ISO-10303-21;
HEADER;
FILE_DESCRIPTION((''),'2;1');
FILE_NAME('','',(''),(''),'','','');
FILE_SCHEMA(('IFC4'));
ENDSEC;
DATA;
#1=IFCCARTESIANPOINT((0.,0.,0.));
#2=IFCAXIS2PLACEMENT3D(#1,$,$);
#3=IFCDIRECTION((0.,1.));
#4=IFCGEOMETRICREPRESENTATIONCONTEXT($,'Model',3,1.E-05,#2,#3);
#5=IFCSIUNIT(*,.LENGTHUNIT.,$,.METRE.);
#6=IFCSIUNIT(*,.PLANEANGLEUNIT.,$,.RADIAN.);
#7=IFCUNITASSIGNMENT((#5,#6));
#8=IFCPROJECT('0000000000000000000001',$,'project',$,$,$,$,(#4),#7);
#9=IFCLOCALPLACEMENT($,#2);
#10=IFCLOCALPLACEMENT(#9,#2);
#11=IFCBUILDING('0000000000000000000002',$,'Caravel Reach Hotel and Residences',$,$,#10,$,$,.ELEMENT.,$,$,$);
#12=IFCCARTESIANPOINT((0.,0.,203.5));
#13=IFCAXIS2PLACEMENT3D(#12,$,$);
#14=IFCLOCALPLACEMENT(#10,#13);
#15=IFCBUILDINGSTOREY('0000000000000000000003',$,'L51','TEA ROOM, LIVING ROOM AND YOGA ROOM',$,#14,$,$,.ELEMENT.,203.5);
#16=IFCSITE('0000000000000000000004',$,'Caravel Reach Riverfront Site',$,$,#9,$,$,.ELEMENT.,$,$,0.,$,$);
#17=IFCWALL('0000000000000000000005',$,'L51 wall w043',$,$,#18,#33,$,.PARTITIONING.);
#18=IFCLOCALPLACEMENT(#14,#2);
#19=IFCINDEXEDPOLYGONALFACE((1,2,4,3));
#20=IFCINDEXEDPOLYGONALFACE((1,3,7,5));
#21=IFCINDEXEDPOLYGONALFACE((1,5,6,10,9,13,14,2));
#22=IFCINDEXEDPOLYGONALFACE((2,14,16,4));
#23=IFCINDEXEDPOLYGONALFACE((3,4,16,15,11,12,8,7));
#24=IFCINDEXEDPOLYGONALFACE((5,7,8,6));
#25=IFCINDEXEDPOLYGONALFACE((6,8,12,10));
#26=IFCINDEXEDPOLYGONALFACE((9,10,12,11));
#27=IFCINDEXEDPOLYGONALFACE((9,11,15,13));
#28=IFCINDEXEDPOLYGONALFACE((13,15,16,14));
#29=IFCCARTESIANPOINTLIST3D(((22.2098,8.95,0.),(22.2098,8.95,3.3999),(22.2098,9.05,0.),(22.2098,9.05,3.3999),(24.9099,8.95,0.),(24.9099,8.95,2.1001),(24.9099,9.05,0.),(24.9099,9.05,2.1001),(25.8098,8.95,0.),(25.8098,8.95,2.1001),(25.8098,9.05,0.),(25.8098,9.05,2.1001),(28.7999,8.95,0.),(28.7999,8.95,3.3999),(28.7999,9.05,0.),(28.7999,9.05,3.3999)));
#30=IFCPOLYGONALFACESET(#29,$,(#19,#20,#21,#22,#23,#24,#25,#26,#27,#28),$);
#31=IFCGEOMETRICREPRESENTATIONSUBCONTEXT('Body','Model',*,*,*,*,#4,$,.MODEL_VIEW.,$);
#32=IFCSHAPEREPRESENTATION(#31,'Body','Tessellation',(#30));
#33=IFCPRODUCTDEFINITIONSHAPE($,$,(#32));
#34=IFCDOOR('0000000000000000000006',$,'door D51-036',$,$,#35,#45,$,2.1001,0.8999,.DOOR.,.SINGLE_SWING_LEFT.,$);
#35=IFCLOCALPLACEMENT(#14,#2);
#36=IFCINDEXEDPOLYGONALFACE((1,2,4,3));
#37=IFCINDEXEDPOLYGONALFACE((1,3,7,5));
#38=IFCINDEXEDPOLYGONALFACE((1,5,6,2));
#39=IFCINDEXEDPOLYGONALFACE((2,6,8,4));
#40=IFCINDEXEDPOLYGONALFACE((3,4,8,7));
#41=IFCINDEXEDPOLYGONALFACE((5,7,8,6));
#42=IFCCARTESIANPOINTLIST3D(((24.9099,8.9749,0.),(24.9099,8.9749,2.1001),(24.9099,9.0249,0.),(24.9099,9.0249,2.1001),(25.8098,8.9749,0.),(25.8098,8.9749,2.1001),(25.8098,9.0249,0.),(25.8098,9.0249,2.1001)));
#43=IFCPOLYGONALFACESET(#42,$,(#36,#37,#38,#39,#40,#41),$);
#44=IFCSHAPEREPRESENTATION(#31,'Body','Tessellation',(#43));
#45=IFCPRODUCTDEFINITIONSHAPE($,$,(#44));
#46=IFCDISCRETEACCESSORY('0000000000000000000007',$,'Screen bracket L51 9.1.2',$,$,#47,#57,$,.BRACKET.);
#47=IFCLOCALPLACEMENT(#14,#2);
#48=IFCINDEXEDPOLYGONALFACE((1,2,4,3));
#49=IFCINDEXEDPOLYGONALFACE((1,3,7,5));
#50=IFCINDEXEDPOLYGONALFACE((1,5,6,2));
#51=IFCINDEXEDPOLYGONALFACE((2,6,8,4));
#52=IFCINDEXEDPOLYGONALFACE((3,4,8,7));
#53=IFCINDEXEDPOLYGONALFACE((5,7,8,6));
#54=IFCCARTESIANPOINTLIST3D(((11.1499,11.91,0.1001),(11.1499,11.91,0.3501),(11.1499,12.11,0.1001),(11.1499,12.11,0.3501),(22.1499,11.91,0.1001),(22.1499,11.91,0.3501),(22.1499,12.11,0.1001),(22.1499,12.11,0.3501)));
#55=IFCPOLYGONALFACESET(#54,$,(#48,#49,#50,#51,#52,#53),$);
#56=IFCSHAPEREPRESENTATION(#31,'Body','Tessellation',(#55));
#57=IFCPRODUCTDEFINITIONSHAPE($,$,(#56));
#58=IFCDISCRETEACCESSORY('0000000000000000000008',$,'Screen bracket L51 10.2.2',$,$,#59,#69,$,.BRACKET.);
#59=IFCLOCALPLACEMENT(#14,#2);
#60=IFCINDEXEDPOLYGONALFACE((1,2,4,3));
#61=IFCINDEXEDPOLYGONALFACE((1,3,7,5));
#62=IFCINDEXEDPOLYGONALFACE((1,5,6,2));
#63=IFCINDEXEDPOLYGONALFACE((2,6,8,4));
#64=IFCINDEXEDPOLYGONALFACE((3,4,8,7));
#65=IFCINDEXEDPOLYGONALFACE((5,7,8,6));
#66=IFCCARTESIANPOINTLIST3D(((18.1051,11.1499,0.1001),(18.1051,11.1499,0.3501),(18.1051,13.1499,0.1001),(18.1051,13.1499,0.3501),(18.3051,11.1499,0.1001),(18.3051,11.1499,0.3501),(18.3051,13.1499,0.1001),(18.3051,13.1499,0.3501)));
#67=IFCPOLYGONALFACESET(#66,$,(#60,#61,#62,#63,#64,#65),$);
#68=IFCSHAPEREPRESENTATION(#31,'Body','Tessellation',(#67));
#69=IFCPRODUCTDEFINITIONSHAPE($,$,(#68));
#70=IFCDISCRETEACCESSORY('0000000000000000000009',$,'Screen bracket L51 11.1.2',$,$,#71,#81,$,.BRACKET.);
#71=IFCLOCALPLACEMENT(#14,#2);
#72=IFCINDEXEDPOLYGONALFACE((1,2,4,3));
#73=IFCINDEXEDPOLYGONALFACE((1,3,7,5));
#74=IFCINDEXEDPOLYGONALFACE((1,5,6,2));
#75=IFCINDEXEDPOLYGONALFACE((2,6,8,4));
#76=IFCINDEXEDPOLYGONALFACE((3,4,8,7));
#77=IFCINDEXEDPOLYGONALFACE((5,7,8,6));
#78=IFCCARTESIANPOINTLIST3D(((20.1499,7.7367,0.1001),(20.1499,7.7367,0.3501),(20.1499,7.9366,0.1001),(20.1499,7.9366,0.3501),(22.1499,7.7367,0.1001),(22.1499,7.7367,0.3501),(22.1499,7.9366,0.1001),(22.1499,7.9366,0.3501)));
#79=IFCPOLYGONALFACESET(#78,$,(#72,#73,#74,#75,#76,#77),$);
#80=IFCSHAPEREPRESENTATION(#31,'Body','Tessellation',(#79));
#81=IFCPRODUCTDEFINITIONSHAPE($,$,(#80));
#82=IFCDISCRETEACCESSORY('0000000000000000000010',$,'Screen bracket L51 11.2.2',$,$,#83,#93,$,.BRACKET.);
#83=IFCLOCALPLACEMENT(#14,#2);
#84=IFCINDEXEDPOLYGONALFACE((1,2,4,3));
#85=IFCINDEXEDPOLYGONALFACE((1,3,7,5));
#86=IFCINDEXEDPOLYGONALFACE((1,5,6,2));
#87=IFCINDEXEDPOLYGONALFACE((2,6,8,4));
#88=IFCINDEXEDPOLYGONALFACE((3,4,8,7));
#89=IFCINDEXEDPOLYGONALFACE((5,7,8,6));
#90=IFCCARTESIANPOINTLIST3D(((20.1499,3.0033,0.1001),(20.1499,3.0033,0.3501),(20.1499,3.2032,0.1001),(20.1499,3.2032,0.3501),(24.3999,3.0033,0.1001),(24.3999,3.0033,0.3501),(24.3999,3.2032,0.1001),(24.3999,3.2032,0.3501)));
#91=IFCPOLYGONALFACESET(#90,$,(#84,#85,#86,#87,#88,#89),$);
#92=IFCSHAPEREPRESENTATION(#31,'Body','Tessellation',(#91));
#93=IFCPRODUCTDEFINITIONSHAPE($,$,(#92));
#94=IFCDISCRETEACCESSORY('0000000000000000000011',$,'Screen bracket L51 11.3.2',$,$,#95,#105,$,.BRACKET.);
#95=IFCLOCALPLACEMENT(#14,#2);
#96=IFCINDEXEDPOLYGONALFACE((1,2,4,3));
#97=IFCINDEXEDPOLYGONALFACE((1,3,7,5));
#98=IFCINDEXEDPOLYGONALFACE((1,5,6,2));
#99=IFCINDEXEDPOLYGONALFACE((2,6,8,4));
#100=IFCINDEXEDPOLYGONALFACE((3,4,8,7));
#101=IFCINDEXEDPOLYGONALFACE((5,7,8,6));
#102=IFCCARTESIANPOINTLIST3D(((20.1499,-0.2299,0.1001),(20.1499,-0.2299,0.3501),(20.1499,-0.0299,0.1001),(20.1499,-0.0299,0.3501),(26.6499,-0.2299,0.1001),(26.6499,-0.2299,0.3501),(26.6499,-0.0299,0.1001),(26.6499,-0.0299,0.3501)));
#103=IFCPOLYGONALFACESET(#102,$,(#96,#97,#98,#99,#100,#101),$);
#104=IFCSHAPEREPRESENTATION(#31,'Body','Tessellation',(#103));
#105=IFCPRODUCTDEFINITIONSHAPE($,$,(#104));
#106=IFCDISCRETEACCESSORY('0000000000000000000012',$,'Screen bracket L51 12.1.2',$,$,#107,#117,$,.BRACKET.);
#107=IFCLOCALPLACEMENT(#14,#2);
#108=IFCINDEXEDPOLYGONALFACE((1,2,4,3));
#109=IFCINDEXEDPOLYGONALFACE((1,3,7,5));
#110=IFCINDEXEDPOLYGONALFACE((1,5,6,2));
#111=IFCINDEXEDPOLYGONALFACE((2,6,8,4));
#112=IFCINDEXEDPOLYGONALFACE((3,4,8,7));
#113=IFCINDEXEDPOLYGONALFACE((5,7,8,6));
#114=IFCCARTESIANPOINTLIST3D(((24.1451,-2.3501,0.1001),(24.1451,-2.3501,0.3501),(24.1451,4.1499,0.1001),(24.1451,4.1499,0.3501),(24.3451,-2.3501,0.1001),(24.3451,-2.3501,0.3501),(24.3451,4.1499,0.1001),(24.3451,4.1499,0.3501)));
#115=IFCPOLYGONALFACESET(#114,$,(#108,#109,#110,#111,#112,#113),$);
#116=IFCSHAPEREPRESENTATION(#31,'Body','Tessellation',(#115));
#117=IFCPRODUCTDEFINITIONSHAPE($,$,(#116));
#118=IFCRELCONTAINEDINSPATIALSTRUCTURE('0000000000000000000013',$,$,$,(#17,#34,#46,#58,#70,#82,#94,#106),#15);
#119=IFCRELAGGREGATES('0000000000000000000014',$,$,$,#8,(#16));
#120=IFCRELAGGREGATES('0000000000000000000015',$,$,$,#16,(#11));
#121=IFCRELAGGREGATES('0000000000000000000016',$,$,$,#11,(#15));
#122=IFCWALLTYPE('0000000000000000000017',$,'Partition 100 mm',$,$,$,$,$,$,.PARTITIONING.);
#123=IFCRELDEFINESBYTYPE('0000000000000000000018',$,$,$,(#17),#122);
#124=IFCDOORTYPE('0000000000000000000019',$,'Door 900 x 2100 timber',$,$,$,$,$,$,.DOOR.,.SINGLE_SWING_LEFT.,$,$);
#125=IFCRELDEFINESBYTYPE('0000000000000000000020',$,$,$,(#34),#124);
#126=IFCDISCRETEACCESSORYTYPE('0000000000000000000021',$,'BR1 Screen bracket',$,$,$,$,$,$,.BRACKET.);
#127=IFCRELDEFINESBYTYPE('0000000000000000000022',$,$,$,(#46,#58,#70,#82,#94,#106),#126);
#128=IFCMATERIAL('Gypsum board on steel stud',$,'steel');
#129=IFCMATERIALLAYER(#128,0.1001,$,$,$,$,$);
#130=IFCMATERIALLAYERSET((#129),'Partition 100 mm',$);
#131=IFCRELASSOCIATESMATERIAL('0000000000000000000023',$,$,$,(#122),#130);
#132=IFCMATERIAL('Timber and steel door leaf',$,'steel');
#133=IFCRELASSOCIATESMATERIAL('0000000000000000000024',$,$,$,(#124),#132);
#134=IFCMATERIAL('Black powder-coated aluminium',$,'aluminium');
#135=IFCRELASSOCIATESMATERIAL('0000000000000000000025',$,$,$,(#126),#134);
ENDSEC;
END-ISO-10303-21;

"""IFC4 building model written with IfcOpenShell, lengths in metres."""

from ifc_helpers import new_model, si_unit, direction, frame, frame_2d, origin, origin_2d, place, context, subcontext, project, spatial, rectangle, extrude, material, layer, layer_set, type_object, element, fill, save


model = new_model("IFC4")

# Units and contexts
model_context = context("Model", 3, precision=1e-05, world=origin(), true_north=direction((0.0, 1.0)))
body_context = subcontext(model_context, "Body", "Model", "MODEL_VIEW")
ifc_project = project(units=[si_unit("LENGTHUNIT", "METRE"), si_unit("PLANEANGLEUNIT", "RADIAN")], contexts=[model_context])

# Site, building, storey
site_placement = place(None, origin())
site = spatial("IfcSite", under=ifc_project, at=site_placement, Name="Caravel Reach Riverfront Site", CompositionType="ELEMENT", RefElevation=0.0)
building_placement = place(site_placement, origin())
building = spatial("IfcBuilding", under=site, at=building_placement, Name="Caravel Reach Hotel and Residences", CompositionType="ELEMENT")
storey_placement = place(building_placement, frame((0.0, 0.0, 203.5)))
storey = spatial("IfcBuildingStorey", under=building, at=storey_placement, Name="L51", Description="TEA ROOM, LIVING ROOM AND YOGA ROOM", CompositionType="ELEMENT", Elevation=203.5)

# Shared definitions
ifc_material_1 = material(Name="Gypsum board on steel stud", Category="steel")
ifc_layer_1 = layer(ifc_material_1, 0.1001)
ifc_layer_set_1 = layer_set([ifc_layer_1], Name="Partition 100 mm")
wall_type_1 = type_object("IfcWallType", Name="Partition 100 mm", PredefinedType="PARTITIONING", material=ifc_layer_set_1)

# Wall, opening, door
wall_1_placement = place(storey_placement, frame((22.21, 9.0, 0.0), z_axis=(0.0, 0.0, 1.0), x_axis=(1.0, 0.0, 0.0)))
wall_1 = element("IfcWall", 1, at=wall_1_placement, inside=storey, type_object=wall_type_1, Name="L51 wall w043", PredefinedType="PARTITIONING", context=body_context, shape_type="SweptSolid", body=[
    extrude(rectangle(XDim=6.5901, YDim=0.1001, at=frame_2d((3.2949, 0.0))), origin(), (0.0, 0.0, 1.0), 3.3999),
])
opening_1_placement = place(wall_1_placement, frame((2.7, 0.0, 0.0)))
opening_1 = element("IfcOpeningElement", 2, at=opening_1_placement, cuts=wall_1, PredefinedType="OPENING", context=body_context, shape_type="SweptSolid", body=[
    extrude(rectangle(XDim=0.8999, YDim=2.1001, at=frame_2d((0.45, 1.05))), frame((0.0, 0.0601, 0.0), z_axis=(0.0, -1.0, 0.0), x_axis=(1.0, 0.0, 0.0)), (0.0, 0.0, 1.0), 0.1201),
])
ifc_material_2 = material(Name="Timber and steel door leaf", Category="steel")
door_type = type_object("IfcDoorType", Name="Door 900 x 2100 timber", OperationType="SINGLE_SWING_LEFT", PredefinedType="DOOR", material=ifc_material_2)
door_placement = place(opening_1_placement, origin())
door = element("IfcDoor", 3, at=door_placement, inside=storey, type_object=door_type, Name="door D51-036", OperationType="SINGLE_SWING_LEFT", OverallHeight=2.1001, OverallWidth=0.8999, PredefinedType="DOOR", context=body_context, shape_type="SweptSolid", body=[
    extrude(rectangle(XDim=0.8999, YDim=2.1001, at=frame_2d((0.45, 1.05))), frame((0.0, 0.0249, 0.0), z_axis=(0.0, -1.0, 0.0), x_axis=(1.0, 0.0, 0.0)), (0.0, 0.0, 1.0), 0.05),
])
fill(opening_1, door)

# Discrete accessories
ifc_material_3 = material(Name="Black powder-coated aluminium", Category="aluminium")
discrete_accessory_type = type_object("IfcDiscreteAccessoryType", Name="BR1 Screen bracket", PredefinedType="BRACKET", material=ifc_material_3)
discrete_accessory_1_placement = place(storey_placement, frame((16.6499, 12.01, 0.1001), z_axis=(0.0, 0.0, 1.0), x_axis=(-1.0, 0.0, 0.0)))
element("IfcDiscreteAccessory", 4, at=discrete_accessory_1_placement, inside=storey, type_object=discrete_accessory_type, Name="Screen bracket L51 9.1.2", PredefinedType="BRACKET", context=body_context, shape_type="SweptSolid", body=[
    extrude(rectangle(XDim=11.0, YDim=0.2, at=origin_2d()), origin(), (0.0, 0.0, 1.0), 0.25),
])
for number, where, z_axis, x_axis, name in (
    (5, (18.2051, 12.1499, 0.1001), (0.0, 0.0, 1.0), (0.0, -1.0, 0.0), "Screen bracket L51 10.2.2"),
    (6, (21.1499, 7.8367, 0.1001), (0.0, 0.0, 1.0), (-1.0, 0.0, 0.0), "Screen bracket L51 11.1.2"),
):
    element("IfcDiscreteAccessory", number, at=place(storey_placement, frame(where, z_axis=z_axis, x_axis=x_axis)), inside=storey, type_object=discrete_accessory_type, Name=name, PredefinedType="BRACKET", context=body_context, shape_type="SweptSolid", body=[
        extrude(rectangle(XDim=2.0, YDim=0.2, at=origin_2d()), origin(), (0.0, 0.0, 1.0), 0.25),
    ])
discrete_accessory_2_placement = place(storey_placement, frame((22.2749, 3.1033, 0.1001), z_axis=(0.0, 0.0, 1.0), x_axis=(-1.0, 0.0, 0.0)))
element("IfcDiscreteAccessory", 7, at=discrete_accessory_2_placement, inside=storey, type_object=discrete_accessory_type, Name="Screen bracket L51 11.2.2", PredefinedType="BRACKET", context=body_context, shape_type="SweptSolid", body=[
    extrude(rectangle(XDim=4.25, YDim=0.2, at=origin_2d()), origin(), (0.0, 0.0, 1.0), 0.25),
])
for number, where, z_axis, x_axis, name in (
    (8, (23.3999, -0.1299, 0.1001), (0.0, 0.0, 1.0), (-1.0, 0.0, 0.0), "Screen bracket L51 11.3.2"),
    (9, (24.2451, 0.8999, 0.1001), (0.0, 0.0, 1.0), (0.0, -1.0, 0.0), "Screen bracket L51 12.1.2"),
):
    element("IfcDiscreteAccessory", number, at=place(storey_placement, frame(where, z_axis=z_axis, x_axis=x_axis)), inside=storey, type_object=discrete_accessory_type, Name=name, PredefinedType="BRACKET", context=body_context, shape_type="SweptSolid", body=[
        extrude(rectangle(XDim=6.5, YDim=0.2, at=origin_2d()), origin(), (0.0, 0.0, 1.0), 0.25),
    ])

save(model, "model.ifc")
